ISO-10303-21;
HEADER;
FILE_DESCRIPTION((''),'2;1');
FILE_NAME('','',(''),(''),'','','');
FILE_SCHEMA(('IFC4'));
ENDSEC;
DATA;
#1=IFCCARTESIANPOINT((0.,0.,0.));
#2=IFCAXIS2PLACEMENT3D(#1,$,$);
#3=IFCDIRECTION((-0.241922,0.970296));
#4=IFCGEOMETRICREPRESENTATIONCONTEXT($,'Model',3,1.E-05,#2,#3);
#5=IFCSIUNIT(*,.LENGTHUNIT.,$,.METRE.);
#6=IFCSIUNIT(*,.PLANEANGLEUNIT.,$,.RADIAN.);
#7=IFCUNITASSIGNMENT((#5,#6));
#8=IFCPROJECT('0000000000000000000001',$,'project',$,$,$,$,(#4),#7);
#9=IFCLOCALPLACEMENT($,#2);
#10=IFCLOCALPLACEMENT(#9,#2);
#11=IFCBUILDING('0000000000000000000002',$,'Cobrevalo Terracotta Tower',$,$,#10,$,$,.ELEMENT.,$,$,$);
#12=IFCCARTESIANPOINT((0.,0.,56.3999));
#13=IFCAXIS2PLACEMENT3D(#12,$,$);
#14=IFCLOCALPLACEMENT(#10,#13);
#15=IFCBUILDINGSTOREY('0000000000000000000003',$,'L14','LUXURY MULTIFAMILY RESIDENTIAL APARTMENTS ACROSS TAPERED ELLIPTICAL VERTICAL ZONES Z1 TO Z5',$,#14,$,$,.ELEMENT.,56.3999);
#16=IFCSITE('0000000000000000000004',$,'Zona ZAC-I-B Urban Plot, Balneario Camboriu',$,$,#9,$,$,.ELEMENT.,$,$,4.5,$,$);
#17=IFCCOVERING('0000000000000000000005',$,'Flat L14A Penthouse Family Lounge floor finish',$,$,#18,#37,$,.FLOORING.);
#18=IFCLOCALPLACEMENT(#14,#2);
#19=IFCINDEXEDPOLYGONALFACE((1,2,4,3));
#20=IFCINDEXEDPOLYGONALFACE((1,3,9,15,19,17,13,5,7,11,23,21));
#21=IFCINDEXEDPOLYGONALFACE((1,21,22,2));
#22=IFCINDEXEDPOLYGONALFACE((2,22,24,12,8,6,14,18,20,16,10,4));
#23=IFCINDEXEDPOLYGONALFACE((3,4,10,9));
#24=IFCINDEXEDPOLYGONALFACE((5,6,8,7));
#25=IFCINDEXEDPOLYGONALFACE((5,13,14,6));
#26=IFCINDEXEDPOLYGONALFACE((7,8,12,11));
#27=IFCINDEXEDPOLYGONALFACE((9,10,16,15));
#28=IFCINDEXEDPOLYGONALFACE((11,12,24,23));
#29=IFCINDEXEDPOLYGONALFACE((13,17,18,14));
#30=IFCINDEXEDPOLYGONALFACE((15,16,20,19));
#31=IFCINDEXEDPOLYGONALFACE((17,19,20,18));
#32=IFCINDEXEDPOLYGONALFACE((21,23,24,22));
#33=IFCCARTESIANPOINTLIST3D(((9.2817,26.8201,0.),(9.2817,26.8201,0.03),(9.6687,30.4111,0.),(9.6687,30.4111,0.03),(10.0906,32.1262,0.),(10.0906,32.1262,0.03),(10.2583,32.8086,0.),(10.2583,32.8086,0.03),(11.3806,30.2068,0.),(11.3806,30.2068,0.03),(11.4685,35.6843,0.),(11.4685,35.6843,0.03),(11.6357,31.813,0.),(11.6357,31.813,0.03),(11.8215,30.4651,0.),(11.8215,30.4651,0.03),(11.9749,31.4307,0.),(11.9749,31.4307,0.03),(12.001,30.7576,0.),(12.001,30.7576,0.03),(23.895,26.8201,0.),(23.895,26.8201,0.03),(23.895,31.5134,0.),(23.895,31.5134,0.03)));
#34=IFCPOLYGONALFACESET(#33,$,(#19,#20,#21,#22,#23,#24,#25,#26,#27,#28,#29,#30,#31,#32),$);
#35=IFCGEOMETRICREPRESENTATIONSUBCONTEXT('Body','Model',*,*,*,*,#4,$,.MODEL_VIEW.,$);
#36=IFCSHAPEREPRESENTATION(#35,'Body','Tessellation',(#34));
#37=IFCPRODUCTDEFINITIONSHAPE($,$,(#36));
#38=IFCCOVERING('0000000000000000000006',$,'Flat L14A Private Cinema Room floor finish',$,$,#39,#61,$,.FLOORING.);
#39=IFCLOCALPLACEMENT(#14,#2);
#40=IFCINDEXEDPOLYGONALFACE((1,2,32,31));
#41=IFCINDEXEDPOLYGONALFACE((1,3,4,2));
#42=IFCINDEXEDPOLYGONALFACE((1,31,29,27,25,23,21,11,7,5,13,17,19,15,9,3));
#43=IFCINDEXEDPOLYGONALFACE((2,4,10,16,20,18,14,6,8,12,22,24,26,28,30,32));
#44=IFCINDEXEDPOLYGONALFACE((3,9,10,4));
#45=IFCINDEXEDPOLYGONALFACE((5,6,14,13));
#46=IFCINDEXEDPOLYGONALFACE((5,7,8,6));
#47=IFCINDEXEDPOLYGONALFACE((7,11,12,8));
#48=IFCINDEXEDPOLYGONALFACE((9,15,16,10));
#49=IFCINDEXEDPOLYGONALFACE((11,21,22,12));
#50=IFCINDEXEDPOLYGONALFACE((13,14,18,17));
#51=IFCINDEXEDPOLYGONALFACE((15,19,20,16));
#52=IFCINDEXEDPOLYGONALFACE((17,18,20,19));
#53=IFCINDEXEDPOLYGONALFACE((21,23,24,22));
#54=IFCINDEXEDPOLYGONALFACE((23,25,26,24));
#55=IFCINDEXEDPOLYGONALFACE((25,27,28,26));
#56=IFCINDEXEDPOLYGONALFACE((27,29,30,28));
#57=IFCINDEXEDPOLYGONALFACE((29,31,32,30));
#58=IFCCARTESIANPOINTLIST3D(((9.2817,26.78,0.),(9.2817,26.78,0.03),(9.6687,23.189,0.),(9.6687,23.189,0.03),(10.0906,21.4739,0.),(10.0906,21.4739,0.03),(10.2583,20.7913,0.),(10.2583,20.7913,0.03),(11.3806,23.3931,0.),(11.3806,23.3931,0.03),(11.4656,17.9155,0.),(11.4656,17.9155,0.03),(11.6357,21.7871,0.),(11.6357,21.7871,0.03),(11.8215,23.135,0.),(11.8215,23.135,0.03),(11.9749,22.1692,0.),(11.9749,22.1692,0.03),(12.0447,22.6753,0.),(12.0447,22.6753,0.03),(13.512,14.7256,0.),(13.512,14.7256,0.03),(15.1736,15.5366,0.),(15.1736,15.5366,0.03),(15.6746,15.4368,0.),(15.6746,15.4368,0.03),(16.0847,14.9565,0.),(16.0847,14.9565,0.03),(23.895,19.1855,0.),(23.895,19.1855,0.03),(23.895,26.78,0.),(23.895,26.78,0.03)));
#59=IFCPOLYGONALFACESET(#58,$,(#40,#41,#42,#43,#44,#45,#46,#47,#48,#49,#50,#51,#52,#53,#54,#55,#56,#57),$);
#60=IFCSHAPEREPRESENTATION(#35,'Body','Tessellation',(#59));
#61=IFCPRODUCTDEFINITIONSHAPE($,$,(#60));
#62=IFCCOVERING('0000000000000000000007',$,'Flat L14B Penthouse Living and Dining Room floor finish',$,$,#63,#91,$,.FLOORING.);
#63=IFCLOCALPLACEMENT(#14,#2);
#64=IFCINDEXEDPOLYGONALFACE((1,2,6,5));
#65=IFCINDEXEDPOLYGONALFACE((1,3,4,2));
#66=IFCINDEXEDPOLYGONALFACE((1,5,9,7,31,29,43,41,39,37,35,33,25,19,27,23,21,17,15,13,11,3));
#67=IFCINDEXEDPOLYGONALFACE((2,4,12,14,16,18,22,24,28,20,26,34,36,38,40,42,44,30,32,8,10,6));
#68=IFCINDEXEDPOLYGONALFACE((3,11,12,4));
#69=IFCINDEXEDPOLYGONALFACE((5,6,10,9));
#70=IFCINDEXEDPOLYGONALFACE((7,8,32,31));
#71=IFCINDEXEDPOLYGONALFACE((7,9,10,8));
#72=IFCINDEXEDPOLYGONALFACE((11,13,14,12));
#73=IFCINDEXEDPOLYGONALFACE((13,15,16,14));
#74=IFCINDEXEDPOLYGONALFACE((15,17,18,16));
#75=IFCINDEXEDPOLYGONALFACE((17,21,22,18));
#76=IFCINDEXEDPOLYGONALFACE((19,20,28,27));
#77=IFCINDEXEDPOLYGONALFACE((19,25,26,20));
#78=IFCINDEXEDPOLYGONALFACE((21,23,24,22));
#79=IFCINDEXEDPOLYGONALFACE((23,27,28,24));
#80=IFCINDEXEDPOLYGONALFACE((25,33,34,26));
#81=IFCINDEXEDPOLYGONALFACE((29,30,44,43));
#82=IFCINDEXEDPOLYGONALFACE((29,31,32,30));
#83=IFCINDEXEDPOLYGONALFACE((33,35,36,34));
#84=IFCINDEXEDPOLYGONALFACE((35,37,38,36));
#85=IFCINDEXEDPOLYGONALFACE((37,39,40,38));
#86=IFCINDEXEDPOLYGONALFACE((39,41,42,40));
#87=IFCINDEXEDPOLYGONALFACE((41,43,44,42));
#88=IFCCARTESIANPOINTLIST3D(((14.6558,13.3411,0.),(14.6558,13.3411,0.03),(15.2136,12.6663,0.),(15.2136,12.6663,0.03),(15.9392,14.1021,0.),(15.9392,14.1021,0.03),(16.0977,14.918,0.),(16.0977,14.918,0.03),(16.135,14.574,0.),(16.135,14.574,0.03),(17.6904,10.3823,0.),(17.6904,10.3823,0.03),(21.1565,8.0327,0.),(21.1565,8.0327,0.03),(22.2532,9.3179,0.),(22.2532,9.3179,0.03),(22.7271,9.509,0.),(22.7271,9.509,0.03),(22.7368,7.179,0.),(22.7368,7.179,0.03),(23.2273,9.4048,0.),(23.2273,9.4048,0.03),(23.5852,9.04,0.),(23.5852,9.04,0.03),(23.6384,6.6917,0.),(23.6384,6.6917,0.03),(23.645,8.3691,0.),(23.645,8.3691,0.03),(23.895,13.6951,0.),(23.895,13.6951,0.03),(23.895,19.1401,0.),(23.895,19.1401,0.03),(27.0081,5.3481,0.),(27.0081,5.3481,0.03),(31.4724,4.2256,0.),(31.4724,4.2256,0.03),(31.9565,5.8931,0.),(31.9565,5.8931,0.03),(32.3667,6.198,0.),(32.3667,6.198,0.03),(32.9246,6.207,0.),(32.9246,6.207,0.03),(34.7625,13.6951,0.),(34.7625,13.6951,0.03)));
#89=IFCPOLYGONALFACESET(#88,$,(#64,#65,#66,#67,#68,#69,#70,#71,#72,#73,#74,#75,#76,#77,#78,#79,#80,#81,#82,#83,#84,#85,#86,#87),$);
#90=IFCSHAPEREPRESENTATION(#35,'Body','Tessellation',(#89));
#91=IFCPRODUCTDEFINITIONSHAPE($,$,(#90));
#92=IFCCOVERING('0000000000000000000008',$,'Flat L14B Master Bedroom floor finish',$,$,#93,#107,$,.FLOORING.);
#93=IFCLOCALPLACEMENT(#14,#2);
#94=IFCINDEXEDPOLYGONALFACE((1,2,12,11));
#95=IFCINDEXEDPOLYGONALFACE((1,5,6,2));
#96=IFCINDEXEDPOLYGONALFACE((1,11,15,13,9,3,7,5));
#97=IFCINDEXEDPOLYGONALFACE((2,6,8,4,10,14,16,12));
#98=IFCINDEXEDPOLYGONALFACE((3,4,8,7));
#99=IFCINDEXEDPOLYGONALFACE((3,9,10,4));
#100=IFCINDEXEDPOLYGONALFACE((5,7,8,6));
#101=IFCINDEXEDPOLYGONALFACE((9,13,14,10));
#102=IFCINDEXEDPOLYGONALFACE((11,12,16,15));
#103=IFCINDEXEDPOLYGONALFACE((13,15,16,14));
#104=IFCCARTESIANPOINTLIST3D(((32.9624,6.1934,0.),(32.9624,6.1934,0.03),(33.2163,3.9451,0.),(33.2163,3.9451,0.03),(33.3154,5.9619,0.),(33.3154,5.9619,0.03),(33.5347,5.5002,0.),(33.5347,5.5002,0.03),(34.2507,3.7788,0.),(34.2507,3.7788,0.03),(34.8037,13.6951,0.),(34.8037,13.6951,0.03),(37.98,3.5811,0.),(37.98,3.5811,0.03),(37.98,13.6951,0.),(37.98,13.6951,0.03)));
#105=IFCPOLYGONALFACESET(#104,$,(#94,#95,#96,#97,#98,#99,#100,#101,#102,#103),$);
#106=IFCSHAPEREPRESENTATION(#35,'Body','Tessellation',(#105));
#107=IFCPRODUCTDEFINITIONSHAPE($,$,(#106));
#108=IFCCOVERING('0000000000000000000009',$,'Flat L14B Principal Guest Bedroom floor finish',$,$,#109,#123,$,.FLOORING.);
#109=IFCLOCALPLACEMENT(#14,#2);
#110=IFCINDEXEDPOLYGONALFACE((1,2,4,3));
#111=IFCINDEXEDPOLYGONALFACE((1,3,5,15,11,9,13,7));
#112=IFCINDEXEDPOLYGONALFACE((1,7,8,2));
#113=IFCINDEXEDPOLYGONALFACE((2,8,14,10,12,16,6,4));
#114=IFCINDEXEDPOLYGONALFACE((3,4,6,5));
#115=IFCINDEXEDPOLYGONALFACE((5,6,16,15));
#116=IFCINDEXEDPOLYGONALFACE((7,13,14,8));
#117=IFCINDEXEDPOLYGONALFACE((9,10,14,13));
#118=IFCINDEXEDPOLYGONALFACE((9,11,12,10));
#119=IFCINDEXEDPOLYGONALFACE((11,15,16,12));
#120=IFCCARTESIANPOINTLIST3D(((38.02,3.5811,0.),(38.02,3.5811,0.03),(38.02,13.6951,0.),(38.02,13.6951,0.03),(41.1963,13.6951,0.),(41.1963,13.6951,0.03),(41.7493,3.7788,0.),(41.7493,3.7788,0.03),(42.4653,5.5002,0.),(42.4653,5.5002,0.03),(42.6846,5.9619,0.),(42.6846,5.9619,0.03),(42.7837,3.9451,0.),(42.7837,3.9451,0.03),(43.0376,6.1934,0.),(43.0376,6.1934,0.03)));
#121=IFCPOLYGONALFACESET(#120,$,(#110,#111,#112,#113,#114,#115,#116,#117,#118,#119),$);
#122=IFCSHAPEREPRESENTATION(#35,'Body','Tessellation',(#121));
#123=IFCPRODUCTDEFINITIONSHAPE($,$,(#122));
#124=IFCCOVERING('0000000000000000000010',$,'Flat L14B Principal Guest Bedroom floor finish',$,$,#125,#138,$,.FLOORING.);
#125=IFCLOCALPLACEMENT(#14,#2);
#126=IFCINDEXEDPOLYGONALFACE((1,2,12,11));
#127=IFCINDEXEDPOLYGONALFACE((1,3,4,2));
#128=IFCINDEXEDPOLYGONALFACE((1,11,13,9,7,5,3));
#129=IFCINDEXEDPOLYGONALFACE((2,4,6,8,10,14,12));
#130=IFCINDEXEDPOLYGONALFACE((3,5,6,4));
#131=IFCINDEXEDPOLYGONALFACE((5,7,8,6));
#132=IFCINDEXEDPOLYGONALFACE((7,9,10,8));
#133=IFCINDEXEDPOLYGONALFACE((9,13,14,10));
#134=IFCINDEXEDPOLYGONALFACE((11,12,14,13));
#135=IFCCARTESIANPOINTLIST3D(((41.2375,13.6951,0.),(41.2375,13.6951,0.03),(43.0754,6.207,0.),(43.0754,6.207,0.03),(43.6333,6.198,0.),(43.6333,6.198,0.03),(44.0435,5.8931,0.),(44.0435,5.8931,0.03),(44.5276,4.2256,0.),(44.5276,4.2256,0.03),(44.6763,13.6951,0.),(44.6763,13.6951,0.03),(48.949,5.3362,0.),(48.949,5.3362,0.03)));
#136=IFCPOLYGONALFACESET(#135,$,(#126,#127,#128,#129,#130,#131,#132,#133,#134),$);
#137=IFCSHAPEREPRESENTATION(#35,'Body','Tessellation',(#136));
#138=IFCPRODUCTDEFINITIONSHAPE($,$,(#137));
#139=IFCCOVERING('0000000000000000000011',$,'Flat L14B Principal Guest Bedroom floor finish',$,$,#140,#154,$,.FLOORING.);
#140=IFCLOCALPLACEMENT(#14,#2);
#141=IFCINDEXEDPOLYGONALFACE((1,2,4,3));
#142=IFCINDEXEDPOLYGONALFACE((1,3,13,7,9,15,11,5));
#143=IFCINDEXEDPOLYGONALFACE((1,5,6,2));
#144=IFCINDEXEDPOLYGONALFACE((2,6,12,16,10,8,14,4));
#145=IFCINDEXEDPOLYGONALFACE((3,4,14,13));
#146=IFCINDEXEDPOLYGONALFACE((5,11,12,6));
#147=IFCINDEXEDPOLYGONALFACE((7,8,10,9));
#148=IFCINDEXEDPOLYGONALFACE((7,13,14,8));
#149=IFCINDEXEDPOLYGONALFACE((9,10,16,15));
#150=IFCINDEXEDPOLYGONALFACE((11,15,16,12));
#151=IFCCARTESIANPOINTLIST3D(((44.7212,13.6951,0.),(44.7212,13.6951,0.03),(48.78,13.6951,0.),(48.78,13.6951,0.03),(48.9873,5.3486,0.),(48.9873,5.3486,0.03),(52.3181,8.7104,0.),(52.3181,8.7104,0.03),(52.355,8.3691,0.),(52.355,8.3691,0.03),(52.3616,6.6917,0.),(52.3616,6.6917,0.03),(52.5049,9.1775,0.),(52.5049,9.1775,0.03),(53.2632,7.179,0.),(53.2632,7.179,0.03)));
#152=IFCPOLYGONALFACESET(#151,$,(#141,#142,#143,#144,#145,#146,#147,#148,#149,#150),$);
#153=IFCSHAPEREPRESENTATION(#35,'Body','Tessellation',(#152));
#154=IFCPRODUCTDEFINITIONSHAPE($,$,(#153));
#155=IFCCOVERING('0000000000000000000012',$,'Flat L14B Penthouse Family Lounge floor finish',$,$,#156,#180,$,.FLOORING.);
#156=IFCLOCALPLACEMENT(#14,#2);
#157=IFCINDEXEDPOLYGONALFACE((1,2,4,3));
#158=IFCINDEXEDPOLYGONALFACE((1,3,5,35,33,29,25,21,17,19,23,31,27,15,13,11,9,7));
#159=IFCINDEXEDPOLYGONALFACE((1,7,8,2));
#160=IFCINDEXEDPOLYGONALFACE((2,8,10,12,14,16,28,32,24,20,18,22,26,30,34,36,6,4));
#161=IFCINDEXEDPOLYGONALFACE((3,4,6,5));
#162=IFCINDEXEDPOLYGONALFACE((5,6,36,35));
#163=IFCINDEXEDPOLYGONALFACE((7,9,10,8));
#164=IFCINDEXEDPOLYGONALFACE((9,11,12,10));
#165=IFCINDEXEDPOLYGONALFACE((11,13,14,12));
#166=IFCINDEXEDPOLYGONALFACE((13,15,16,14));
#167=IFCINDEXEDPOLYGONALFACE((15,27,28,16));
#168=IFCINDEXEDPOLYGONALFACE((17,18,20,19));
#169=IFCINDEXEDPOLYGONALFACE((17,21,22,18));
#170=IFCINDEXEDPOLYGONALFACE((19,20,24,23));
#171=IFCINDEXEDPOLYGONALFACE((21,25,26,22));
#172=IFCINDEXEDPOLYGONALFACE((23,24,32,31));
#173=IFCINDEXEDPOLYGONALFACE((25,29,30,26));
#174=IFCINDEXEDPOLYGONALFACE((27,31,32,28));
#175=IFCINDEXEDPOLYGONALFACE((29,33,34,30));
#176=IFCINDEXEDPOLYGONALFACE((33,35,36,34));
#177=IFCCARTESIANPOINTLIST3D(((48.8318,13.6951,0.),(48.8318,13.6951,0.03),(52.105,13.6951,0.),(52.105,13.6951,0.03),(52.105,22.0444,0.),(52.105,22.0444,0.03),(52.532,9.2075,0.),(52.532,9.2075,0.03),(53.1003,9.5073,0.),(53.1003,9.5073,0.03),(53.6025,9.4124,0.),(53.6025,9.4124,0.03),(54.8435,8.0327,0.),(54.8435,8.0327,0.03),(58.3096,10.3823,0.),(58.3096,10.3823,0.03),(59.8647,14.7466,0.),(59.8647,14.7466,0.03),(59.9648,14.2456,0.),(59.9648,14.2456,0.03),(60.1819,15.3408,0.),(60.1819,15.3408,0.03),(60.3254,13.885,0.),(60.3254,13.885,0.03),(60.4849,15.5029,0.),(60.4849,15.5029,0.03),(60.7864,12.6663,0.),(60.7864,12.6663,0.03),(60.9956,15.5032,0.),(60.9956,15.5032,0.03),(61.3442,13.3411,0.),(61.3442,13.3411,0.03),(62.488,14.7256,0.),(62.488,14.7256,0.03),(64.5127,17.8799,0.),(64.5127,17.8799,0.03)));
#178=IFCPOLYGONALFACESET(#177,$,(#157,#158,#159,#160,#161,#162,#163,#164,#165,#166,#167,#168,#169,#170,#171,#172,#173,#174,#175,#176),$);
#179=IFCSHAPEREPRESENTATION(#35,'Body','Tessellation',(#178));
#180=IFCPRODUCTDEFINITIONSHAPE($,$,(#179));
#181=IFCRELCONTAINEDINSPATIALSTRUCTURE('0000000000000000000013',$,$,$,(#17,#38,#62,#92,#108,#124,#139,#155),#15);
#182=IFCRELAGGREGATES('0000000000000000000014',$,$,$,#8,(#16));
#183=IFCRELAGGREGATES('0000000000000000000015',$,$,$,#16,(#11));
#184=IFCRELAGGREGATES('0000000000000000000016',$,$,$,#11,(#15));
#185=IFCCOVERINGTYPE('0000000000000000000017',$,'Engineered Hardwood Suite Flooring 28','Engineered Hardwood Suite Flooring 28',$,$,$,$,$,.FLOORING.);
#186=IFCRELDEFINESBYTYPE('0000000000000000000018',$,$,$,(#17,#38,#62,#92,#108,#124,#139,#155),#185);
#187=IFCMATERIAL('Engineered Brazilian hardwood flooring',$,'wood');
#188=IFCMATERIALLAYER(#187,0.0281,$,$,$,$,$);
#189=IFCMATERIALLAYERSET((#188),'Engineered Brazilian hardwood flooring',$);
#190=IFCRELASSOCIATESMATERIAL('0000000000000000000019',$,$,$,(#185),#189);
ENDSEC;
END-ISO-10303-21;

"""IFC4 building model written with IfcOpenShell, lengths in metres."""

from ifc_helpers import new_model, si_unit, direction, frame, origin, place, context, subcontext, project, spatial, polyline, outline, extrude, material, layer, layer_set, type_object, element, save


model = new_model("IFC4")

# Units and contexts
model_context = context("Model", 3, precision=1e-05, world=origin(), true_north=direction((-0.241922, 0.970296)))
body_context = subcontext(model_context, "Body", "Model", "MODEL_VIEW")
ifc_project = project(units=[si_unit("LENGTHUNIT", "METRE"), si_unit("PLANEANGLEUNIT", "RADIAN")], contexts=[model_context])

# Site, building, storey
site_placement = place(None, origin())
site = spatial("IfcSite", under=ifc_project, at=site_placement, Name="Zona ZAC-I-B Urban Plot, Balneario Camboriu", CompositionType="ELEMENT", RefElevation=4.5)
building_placement = place(site_placement, origin())
building = spatial("IfcBuilding", under=site, at=building_placement, Name="Cobrevalo Terracotta Tower", CompositionType="ELEMENT")
storey_placement = place(building_placement, frame((0.0, 0.0, 56.3999)))
storey = spatial("IfcBuildingStorey", under=building, at=storey_placement, Name="L14", Description="LUXURY MULTIFAMILY RESIDENTIAL APARTMENTS ACROSS TAPERED ELLIPTICAL VERTICAL ZONES Z1 TO Z5", CompositionType="ELEMENT", Elevation=56.3999)

# Coverings
ifc_material_1 = material(Name="Engineered Brazilian hardwood flooring", Category="wood")
ifc_layer_1 = layer(ifc_material_1, 0.0281)
ifc_layer_set_1 = layer_set([ifc_layer_1], Name="Engineered Brazilian hardwood flooring")
covering_type_1 = type_object("IfcCoveringType", Name="Engineered Hardwood Suite Flooring 28", Description="Engineered Hardwood Suite Flooring 28", PredefinedType="FLOORING", material=ifc_layer_set_1)
covering_1_placement = place(storey_placement, origin())
element("IfcCovering", 1, at=covering_1_placement, inside=storey, type_object=covering_type_1, Name="Flat L14A Penthouse Family Lounge floor finish", PredefinedType="FLOORING", context=body_context, shape_type="SweptSolid", body=[
    extrude(outline(polyline([(9.6687, 30.4111), (11.3806, 30.2068), (11.8215, 30.4651), (12.001, 30.7576), (11.9749, 31.4307), (11.6357, 31.813), (10.0906, 32.1262), (10.2583, 32.8086), (11.4685, 35.6843), (23.895, 31.5134), (23.895, 26.8201), (9.2817, 26.8201), (9.6687, 30.4111)])), origin(), (0.0, 0.0, 1.0), 0.03),
])
covering_2_placement = place(storey_placement, origin())
element("IfcCovering", 2, at=covering_2_placement, inside=storey, type_object=covering_type_1, Name="Flat L14A Private Cinema Room floor finish", PredefinedType="FLOORING", context=body_context, shape_type="SweptSolid", body=[
    extrude(outline(polyline([(10.0906, 21.4739), (11.6357, 21.7871), (11.9749, 22.1692), (12.0447, 22.6753), (11.8215, 23.135), (11.3806, 23.3931), (9.6687, 23.189), (9.2817, 26.78), (23.895, 26.78), (23.895, 19.1855), (16.0847, 14.9565), (15.6746, 15.4368), (15.1736, 15.5366), (13.512, 14.7256), (11.4656, 17.9155), (10.2583, 20.7913), (10.0906, 21.4739)])), origin(), (0.0, 0.0, 1.0), 0.03),
])
covering_3_placement = place(storey_placement, origin())
element("IfcCovering", 3, at=covering_3_placement, inside=storey, type_object=covering_type_1, Name="Flat L14B Penthouse Living and Dining Room floor finish", PredefinedType="FLOORING", context=body_context, shape_type="SweptSolid", body=[
    extrude(outline(polyline([(27.0081, 5.3481), (23.6384, 6.6917), (22.7368, 7.179), (23.645, 8.3691), (23.5852, 9.04), (23.2273, 9.4048), (22.7271, 9.509), (22.2532, 9.3179), (21.1565, 8.0327), (17.6904, 10.3823), (15.2136, 12.6663), (14.6558, 13.3411), (15.9392, 14.1021), (16.135, 14.574), (16.0977, 14.918), (23.895, 19.1401), (23.895, 13.6951), (34.7625, 13.6951), (32.9246, 6.207), (32.3667, 6.198), (31.9565, 5.8931), (31.4724, 4.2256), (27.0081, 5.3481)])), origin(), (0.0, 0.0, 1.0), 0.03),
])
covering_4_placement = place(storey_placement, origin())
element("IfcCovering", 4, at=covering_4_placement, inside=storey, type_object=covering_type_1, Name="Flat L14B Master Bedroom floor finish", PredefinedType="FLOORING", context=body_context, shape_type="SweptSolid", body=[
    extrude(outline(polyline([(33.2163, 3.9451), (33.5347, 5.5002), (33.3154, 5.9619), (32.9624, 6.1934), (34.8037, 13.6951), (37.98, 13.6951), (37.98, 3.5811), (34.2507, 3.7788), (33.2163, 3.9451)])), origin(), (0.0, 0.0, 1.0), 0.03),
])
covering_5_placement = place(storey_placement, origin())
element("IfcCovering", 5, at=covering_5_placement, inside=storey, type_object=covering_type_1, Name="Flat L14B Principal Guest Bedroom floor finish", PredefinedType="FLOORING", context=body_context, shape_type="SweptSolid", body=[
    extrude(outline(polyline([(38.02, 3.5811), (38.02, 13.6951), (41.1963, 13.6951), (43.0376, 6.1934), (42.6846, 5.9619), (42.4653, 5.5002), (42.7837, 3.9451), (41.7493, 3.7788), (38.02, 3.5811)])), origin(), (0.0, 0.0, 1.0), 0.03),
])
covering_6_placement = place(storey_placement, origin())
element("IfcCovering", 6, at=covering_6_placement, inside=storey, type_object=covering_type_1, Name="Flat L14B Principal Guest Bedroom floor finish", PredefinedType="FLOORING", context=body_context, shape_type="SweptSolid", body=[
    extrude(outline(polyline([(44.5276, 4.2256), (44.0435, 5.8931), (43.6333, 6.198), (43.0754, 6.207), (41.2375, 13.6951), (44.6763, 13.6951), (48.949, 5.3362), (44.5276, 4.2256)])), origin(), (0.0, 0.0, 1.0), 0.03),
])
covering_7_placement = place(storey_placement, origin())
element("IfcCovering", 7, at=covering_7_placement, inside=storey, type_object=covering_type_1, Name="Flat L14B Principal Guest Bedroom floor finish", PredefinedType="FLOORING", context=body_context, shape_type="SweptSolid", body=[
    extrude(outline(polyline([(48.9873, 5.3486), (44.7212, 13.6951), (48.78, 13.6951), (52.5049, 9.1775), (52.3181, 8.7104), (52.355, 8.3691), (53.2632, 7.179), (52.3616, 6.6917), (48.9873, 5.3486)])), origin(), (0.0, 0.0, 1.0), 0.03),
])
covering_8_placement = place(storey_placement, origin())
element("IfcCovering", 8, at=covering_8_placement, inside=storey, type_object=covering_type_1, Name="Flat L14B Penthouse Family Lounge floor finish", PredefinedType="FLOORING", context=body_context, shape_type="SweptSolid", body=[
    extrude(outline(polyline([(62.488, 14.7256), (60.9956, 15.5032), (60.4849, 15.5029), (60.1819, 15.3408), (59.8647, 14.7466), (59.9648, 14.2456), (60.3254, 13.885), (61.3442, 13.3411), (60.7864, 12.6663), (58.3096, 10.3823), (54.8435, 8.0327), (53.6025, 9.4124), (53.1003, 9.5073), (52.532, 9.2075), (48.8318, 13.6951), (52.105, 13.6951), (52.105, 22.0444), (64.5127, 17.8799), (62.488, 14.7256)])), origin(), (0.0, 0.0, 1.0), 0.03),
])

save(model, "model.ifc")
